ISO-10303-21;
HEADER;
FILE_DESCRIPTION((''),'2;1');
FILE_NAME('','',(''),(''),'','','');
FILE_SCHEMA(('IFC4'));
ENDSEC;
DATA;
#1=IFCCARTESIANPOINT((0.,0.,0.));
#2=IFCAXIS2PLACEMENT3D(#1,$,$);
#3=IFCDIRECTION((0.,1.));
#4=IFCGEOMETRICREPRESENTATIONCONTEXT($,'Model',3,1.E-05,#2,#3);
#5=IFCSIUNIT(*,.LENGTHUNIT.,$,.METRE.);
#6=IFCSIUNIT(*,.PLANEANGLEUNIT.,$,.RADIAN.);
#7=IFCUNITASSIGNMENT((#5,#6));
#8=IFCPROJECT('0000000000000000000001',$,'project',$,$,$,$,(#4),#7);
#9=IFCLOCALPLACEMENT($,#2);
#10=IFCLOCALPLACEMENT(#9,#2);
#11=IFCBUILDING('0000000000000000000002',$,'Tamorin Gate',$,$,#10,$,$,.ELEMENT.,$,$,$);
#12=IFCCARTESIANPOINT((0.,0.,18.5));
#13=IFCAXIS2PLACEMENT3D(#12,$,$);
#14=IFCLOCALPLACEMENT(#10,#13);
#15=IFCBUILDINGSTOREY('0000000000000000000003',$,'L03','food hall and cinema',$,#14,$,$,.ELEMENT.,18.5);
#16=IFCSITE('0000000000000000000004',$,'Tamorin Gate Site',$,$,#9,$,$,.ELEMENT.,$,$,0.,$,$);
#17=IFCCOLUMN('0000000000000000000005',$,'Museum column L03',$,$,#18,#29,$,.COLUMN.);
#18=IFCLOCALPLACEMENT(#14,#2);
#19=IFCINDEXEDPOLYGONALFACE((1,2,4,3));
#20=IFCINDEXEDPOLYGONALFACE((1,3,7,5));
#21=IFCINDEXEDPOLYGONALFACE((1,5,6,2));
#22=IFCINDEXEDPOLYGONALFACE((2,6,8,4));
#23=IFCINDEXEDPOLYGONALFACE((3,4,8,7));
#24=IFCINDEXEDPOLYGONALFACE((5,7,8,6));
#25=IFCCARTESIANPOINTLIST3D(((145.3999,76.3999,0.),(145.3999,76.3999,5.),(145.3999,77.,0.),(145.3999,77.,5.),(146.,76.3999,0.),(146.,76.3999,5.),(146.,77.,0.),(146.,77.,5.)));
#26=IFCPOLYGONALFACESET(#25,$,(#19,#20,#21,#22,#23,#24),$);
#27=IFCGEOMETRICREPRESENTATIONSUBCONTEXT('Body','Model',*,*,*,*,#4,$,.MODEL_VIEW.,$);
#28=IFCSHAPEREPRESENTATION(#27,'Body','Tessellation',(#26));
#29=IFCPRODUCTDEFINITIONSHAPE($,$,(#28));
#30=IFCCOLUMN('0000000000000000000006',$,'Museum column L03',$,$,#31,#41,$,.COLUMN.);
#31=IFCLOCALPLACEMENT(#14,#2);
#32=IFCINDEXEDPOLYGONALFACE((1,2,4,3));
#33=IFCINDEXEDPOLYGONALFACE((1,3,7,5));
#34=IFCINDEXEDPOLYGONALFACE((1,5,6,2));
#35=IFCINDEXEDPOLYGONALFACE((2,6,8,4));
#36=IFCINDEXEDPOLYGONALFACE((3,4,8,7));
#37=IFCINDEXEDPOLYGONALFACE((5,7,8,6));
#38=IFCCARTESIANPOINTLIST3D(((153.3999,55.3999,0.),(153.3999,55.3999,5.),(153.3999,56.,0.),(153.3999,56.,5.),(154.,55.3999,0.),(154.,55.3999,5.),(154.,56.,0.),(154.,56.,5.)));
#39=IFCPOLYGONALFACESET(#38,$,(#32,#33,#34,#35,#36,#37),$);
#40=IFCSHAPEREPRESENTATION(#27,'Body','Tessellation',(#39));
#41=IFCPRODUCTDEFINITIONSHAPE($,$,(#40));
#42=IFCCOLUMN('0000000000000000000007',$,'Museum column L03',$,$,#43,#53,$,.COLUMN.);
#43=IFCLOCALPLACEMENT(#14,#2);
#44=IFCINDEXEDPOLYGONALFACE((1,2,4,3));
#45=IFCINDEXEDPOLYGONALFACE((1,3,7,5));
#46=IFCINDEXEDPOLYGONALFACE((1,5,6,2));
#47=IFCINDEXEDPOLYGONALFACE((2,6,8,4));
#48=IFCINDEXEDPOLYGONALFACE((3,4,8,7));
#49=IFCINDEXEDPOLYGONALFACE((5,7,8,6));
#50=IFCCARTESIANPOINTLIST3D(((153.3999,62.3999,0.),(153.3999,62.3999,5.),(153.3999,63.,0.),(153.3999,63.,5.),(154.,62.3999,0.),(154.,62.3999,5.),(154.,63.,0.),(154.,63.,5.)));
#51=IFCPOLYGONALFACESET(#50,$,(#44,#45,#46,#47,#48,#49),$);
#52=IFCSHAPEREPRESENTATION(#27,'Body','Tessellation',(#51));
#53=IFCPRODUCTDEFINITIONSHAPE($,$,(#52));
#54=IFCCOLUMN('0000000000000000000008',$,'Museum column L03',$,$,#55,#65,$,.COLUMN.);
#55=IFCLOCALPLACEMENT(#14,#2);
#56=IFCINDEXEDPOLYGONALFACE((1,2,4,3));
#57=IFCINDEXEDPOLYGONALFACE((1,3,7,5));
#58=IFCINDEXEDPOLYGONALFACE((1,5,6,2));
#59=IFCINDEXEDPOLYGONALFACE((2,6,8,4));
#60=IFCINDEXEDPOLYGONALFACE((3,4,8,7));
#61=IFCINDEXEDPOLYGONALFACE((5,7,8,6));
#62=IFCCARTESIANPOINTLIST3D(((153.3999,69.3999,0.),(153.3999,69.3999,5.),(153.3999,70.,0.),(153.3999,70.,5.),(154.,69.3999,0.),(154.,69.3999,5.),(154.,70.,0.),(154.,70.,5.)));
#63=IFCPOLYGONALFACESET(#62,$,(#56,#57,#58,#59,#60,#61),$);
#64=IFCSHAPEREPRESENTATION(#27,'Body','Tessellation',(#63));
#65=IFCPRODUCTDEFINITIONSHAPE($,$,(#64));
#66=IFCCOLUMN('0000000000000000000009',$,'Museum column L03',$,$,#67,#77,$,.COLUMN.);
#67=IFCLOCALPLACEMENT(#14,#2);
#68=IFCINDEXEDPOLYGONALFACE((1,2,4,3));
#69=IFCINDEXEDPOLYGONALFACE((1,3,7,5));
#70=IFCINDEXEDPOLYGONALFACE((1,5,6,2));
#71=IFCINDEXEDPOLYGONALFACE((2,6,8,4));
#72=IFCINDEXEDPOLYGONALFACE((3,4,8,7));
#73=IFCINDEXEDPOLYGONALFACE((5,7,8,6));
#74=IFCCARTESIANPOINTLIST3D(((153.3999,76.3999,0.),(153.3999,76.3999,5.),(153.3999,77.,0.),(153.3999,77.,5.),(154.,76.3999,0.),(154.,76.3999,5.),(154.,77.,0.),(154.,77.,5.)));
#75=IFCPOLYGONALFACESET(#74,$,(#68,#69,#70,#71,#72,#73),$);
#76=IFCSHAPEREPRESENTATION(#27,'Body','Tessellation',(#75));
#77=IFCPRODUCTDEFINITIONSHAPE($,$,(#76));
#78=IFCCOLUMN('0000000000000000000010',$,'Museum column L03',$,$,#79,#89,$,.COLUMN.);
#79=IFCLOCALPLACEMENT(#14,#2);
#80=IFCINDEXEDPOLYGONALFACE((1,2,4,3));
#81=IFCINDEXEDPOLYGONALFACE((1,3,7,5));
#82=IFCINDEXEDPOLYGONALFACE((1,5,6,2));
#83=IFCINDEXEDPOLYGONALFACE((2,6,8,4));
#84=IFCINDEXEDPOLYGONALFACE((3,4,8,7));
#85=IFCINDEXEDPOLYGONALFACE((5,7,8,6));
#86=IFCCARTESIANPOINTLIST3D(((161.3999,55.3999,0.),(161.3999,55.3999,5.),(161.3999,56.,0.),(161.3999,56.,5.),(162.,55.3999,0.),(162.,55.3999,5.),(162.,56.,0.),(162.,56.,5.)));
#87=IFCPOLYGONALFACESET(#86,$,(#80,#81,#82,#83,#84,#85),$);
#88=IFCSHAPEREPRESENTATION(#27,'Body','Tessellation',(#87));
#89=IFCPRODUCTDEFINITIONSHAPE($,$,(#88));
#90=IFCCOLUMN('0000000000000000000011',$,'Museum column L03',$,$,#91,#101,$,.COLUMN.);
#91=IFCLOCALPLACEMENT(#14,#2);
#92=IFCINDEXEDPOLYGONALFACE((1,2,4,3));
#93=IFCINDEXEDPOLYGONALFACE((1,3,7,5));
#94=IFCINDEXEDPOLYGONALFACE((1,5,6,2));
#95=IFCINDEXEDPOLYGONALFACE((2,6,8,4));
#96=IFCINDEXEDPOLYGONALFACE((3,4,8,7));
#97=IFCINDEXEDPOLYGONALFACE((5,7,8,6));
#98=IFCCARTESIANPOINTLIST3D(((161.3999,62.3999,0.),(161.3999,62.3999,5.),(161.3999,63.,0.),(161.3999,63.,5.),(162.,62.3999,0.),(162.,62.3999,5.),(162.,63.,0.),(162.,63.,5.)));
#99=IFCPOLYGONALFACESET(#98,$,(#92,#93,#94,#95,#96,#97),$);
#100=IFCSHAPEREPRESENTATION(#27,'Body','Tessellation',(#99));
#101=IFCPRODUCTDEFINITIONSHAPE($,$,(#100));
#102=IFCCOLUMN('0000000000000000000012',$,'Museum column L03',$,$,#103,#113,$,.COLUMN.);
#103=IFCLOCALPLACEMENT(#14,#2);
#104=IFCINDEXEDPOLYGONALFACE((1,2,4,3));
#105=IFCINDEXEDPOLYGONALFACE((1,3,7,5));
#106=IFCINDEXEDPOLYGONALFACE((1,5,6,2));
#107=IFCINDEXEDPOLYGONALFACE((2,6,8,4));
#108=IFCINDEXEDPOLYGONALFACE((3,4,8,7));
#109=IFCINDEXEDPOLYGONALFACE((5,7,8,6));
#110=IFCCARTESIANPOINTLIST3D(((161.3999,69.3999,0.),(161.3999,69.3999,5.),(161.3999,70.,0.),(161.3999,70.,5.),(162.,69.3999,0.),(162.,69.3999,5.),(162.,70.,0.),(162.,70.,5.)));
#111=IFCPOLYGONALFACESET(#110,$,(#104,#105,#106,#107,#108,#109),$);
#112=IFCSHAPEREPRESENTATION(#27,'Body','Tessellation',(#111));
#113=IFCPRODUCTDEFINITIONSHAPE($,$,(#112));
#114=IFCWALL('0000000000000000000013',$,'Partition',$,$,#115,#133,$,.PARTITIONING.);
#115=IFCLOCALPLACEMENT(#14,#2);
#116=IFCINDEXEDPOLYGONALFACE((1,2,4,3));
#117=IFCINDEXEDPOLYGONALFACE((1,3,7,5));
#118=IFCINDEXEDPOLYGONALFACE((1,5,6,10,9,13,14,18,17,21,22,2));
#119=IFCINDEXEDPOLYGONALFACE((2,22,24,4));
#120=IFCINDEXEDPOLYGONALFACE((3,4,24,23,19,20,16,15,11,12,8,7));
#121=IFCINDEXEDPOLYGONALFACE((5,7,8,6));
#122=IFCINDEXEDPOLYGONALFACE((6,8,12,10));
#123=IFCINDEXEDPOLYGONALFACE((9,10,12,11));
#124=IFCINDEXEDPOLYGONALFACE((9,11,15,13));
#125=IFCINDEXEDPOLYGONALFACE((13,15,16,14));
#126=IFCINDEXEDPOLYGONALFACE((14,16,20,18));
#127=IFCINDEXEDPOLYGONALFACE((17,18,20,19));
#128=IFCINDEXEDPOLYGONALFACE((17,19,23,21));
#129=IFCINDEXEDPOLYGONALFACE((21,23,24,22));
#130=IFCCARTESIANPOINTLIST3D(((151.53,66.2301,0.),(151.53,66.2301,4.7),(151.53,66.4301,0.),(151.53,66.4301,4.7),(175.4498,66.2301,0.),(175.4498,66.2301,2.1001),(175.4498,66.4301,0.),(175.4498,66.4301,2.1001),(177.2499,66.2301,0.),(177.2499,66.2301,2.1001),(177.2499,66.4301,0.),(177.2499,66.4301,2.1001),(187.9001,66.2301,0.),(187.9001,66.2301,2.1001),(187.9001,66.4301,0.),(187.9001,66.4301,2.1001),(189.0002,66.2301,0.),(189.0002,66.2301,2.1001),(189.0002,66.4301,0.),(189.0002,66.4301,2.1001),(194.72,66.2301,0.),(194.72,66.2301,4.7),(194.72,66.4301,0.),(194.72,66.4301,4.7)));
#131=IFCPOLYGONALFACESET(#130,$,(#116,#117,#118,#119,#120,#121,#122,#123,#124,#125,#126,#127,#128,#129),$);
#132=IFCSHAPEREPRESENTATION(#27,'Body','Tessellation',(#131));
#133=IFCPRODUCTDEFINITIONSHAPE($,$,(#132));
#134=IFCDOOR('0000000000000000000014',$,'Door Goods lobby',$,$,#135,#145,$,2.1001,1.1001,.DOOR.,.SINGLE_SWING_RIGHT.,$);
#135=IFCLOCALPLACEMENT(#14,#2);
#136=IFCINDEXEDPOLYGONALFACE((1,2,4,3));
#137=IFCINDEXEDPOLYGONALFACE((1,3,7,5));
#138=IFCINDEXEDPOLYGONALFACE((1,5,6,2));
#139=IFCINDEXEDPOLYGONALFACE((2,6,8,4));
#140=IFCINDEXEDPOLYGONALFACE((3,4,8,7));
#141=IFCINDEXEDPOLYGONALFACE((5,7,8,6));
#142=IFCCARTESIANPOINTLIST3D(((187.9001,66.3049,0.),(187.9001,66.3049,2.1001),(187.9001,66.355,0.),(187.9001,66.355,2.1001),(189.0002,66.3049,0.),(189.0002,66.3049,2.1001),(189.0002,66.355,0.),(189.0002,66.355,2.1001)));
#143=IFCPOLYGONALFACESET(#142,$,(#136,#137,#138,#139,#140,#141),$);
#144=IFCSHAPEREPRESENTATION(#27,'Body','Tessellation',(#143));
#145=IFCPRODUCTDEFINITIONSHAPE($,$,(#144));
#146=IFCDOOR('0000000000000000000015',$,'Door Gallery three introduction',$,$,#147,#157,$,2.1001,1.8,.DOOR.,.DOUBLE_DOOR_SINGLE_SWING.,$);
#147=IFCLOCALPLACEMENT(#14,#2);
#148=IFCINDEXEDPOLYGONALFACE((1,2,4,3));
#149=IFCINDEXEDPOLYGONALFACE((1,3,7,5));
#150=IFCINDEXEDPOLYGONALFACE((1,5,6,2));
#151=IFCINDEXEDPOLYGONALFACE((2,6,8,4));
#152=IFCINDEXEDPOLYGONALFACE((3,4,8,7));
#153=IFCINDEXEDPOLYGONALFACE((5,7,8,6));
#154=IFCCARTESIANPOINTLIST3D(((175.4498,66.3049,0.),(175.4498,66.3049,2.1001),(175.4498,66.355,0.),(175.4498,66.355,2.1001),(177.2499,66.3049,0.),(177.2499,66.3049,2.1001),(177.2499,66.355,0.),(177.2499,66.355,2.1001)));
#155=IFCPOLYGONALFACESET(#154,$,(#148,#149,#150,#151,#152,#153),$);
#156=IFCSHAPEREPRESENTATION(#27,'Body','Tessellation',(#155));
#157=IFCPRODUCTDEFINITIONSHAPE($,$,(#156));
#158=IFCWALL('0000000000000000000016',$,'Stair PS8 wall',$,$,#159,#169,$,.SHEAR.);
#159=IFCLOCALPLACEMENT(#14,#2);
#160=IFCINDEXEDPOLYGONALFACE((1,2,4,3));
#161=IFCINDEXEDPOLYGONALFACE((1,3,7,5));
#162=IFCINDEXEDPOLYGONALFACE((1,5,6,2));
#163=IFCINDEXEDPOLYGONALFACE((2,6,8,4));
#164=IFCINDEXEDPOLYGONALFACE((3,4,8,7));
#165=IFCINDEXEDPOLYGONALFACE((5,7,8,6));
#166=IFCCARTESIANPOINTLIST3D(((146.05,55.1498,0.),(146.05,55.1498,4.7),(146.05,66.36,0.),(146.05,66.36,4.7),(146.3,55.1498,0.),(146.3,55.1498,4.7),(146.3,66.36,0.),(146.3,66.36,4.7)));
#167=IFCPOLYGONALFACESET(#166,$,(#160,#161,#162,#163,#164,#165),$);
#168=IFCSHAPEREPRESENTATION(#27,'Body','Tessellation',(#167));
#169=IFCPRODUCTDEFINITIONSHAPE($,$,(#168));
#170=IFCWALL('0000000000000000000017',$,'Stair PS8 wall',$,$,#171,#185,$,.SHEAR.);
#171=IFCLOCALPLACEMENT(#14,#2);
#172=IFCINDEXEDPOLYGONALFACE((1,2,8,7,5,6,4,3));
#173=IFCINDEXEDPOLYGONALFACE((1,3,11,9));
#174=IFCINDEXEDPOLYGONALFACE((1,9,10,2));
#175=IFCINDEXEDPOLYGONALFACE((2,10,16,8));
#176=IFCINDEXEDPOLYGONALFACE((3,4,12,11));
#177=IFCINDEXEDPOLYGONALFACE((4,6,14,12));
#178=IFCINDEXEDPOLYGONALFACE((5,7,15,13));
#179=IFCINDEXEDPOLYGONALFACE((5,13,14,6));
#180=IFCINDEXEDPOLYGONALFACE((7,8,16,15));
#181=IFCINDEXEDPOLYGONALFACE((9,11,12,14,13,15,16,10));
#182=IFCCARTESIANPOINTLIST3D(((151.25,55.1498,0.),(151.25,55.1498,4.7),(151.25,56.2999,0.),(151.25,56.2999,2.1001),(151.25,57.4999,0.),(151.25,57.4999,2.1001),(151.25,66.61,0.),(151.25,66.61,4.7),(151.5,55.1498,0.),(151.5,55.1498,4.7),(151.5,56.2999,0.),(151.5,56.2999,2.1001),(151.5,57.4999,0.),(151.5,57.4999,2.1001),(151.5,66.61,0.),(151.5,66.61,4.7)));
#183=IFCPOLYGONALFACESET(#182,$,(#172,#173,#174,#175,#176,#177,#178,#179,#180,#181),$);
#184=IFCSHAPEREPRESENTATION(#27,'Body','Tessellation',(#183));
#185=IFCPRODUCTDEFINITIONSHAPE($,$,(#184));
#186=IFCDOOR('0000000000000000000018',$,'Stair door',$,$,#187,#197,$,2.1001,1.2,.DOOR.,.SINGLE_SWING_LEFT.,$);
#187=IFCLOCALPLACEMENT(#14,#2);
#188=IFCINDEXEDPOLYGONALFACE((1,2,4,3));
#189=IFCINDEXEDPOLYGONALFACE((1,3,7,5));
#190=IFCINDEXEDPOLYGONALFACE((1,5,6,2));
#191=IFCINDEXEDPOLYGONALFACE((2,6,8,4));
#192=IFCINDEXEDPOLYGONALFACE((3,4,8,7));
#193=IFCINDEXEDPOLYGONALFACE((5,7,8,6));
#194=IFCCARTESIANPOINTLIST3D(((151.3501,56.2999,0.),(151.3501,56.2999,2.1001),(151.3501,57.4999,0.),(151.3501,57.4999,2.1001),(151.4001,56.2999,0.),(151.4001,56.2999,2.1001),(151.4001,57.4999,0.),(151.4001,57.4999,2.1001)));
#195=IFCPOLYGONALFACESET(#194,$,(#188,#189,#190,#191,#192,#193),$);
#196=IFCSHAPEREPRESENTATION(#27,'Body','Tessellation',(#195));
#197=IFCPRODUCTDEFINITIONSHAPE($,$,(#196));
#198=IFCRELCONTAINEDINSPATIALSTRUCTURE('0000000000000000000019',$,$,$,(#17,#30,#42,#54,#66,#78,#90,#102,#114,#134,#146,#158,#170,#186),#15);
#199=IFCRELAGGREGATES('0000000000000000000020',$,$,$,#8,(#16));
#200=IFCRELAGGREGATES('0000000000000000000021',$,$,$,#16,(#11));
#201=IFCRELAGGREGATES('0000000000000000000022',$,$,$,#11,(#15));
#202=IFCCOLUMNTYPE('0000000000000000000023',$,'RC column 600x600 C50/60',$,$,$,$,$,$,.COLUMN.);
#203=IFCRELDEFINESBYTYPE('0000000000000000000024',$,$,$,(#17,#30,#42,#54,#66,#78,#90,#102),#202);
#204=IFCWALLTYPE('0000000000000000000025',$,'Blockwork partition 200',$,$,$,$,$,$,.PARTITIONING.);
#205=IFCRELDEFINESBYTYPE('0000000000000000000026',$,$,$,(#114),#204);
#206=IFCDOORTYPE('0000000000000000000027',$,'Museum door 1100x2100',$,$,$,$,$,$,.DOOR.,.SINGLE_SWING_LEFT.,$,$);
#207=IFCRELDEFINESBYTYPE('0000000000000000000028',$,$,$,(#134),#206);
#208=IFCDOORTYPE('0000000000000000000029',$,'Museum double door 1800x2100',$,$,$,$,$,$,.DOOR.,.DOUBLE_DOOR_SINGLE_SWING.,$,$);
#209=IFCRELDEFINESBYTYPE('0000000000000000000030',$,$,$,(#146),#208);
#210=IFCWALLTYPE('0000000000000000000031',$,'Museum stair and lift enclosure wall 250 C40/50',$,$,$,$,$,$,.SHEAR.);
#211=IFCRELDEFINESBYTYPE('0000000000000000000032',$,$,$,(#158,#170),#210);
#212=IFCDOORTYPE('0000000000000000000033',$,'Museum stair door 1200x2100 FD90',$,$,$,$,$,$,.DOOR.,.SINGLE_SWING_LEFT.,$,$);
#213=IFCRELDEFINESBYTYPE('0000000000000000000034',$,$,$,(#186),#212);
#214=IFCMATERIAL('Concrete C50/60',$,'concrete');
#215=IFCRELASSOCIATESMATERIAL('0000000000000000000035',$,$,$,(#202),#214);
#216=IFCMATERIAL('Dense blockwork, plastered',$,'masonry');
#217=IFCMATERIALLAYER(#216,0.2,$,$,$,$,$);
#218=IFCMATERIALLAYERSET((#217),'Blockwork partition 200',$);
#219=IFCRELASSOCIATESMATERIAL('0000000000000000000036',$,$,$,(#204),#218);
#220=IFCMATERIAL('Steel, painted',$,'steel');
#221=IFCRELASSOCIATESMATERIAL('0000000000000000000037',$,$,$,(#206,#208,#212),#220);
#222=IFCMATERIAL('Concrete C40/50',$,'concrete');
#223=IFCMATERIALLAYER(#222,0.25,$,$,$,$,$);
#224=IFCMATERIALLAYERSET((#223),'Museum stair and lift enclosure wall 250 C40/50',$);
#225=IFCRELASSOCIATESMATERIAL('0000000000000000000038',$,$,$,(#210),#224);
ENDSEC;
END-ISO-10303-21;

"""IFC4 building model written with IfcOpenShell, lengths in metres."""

from ifc_helpers import new_model, si_unit, direction, frame, frame_2d, origin, origin_2d, place, context, subcontext, project, spatial, rectangle, extrude, material, layer, layer_set, material_profile, profile_set, type_object, element, fill, save


model = new_model("IFC4")

# Units and contexts
model_context = context("Model", 3, precision=1e-05, world=origin(), true_north=direction((0.0, 1.0)))
body_context = subcontext(model_context, "Body", "Model", "MODEL_VIEW")
ifc_project = project(units=[si_unit("LENGTHUNIT", "METRE"), si_unit("PLANEANGLEUNIT", "RADIAN")], contexts=[model_context])

# Site, building, storey
site_placement = place(None, origin())
site = spatial("IfcSite", under=ifc_project, at=site_placement, Name="Tamorin Gate Site", CompositionType="ELEMENT", RefElevation=0.0)
building_placement = place(site_placement, origin())
building = spatial("IfcBuilding", under=site, at=building_placement, Name="Tamorin Gate", CompositionType="ELEMENT")
storey_placement = place(building_placement, frame((0.0, 0.0, 18.5)))
storey = spatial("IfcBuildingStorey", under=building, at=storey_placement, Name="L03", Description="food hall and cinema", CompositionType="ELEMENT", Elevation=18.5)

# Columns
ifc_material_1 = material(Name="Concrete C50/60", Category="concrete")
ifc_material_profile = material_profile(ifc_material_1, rectangle(XDim=0.6001, YDim=0.6001, at=origin_2d()))
ifc_profile_set = profile_set([ifc_material_profile], Name="Concrete C50/60")
column_type = type_object("IfcColumnType", Name="RC column 600x600 C50/60", PredefinedType="COLUMN", material=ifc_profile_set)
for number, where, z_axis, x_axis, name in (
    (1, (145.7, 76.7, 0.0), (0.0, 0.0, 1.0), (1.0, 0.0, 0.0), "Museum column L03"),
    (2, (153.7, 55.7, 0.0), (0.0, 0.0, 1.0), (1.0, 0.0, 0.0), "Museum column L03"),
    (3, (153.7, 62.7, 0.0), (0.0, 0.0, 1.0), (1.0, 0.0, 0.0), "Museum column L03"),
    (4, (153.7, 69.7, 0.0), (0.0, 0.0, 1.0), (1.0, 0.0, 0.0), "Museum column L03"),
    (5, (153.7, 76.7, 0.0), (0.0, 0.0, 1.0), (1.0, 0.0, 0.0), "Museum column L03"),
    (6, (161.7, 55.7, 0.0), (0.0, 0.0, 1.0), (1.0, 0.0, 0.0), "Museum column L03"),
    (7, (161.7, 62.7, 0.0), (0.0, 0.0, 1.0), (1.0, 0.0, 0.0), "Museum column L03"),
    (8, (161.7, 69.7, 0.0), (0.0, 0.0, 1.0), (1.0, 0.0, 0.0), "Museum column L03"),
):
    element("IfcColumn", number, at=place(storey_placement, frame(where, z_axis=z_axis, x_axis=x_axis)), inside=storey, type_object=column_type, Name=name, PredefinedType="COLUMN", context=body_context, shape_type="SweptSolid", body=[
        extrude(rectangle(XDim=0.6001, YDim=0.6001, at=origin_2d()), origin(), (0.0, 0.0, 1.0), 5.0),
    ])

# Wall, openings, doors
ifc_material_2 = material(Name="Dense blockwork, plastered", Category="masonry")
ifc_layer_1 = layer(ifc_material_2, 0.2)
ifc_layer_set_1 = layer_set([ifc_layer_1], Name="Blockwork partition 200")
wall_type_1 = type_object("IfcWallType", Name="Blockwork partition 200", PredefinedType="PARTITIONING", material=ifc_layer_set_1)
wall_1_placement = place(storey_placement, frame((151.53, 66.3301, 0.0), z_axis=(0.0, 0.0, 1.0), x_axis=(1.0, 0.0, 0.0)))
wall_1 = element("IfcWall", 9, at=wall_1_placement, inside=storey, type_object=wall_type_1, Name="Partition", PredefinedType="PARTITIONING", context=body_context, shape_type="SweptSolid", body=[
    extrude(rectangle(XDim=43.1899, YDim=0.2, at=frame_2d((21.595, 0.0))), origin(), (0.0, 0.0, 1.0), 4.7),
])
opening_1_placement = place(wall_1_placement, frame((23.9199, 0.0, 0.0)))
opening_1 = element("IfcOpeningElement", 10, at=opening_1_placement, cuts=wall_1, PredefinedType="OPENING", context=body_context, shape_type="SweptSolid", body=[
    extrude(rectangle(XDim=1.8, YDim=2.1001, at=frame_2d((0.8999, 1.05))), frame((0.0, 0.1099, 0.0), z_axis=(0.0, -1.0, 0.0), x_axis=(1.0, 0.0, 0.0)), (0.0, 0.0, 1.0), 0.22),
])
opening_2_placement = place(wall_1_placement, frame((36.3701, 0.0, 0.0)))
opening_2 = element("IfcOpeningElement", 11, at=opening_2_placement, cuts=wall_1, PredefinedType="OPENING", context=body_context, shape_type="SweptSolid", body=[
    extrude(rectangle(XDim=1.1001, YDim=2.1001, at=frame_2d((0.55, 1.05))), frame((0.0, 0.1099, 0.0), z_axis=(0.0, -1.0, 0.0), x_axis=(1.0, 0.0, 0.0)), (0.0, 0.0, 1.0), 0.22),
])
ifc_material_3 = material(Name="Steel, painted", Category="steel")
door_type_1 = type_object("IfcDoorType", Name="Museum door 1100x2100", OperationType="SINGLE_SWING_LEFT", PredefinedType="DOOR", material=ifc_material_3)
door_1_placement = place(opening_2_placement, origin())
door_1 = element("IfcDoor", 12, at=door_1_placement, inside=storey, type_object=door_type_1, Name="Door Goods lobby", OperationType="SINGLE_SWING_RIGHT", OverallHeight=2.1001, OverallWidth=1.1001, PredefinedType="DOOR", context=body_context, shape_type="SweptSolid", body=[
    extrude(rectangle(XDim=1.1001, YDim=2.1001, at=frame_2d((0.55, 1.05))), frame((0.0, 0.0249, 0.0), z_axis=(0.0, -1.0, 0.0), x_axis=(1.0, 0.0, 0.0)), (0.0, 0.0, 1.0), 0.05),
])
fill(opening_2, door_1)
door_type_2 = type_object("IfcDoorType", Name="Museum double door 1800x2100", OperationType="DOUBLE_DOOR_SINGLE_SWING", PredefinedType="DOOR", material=ifc_material_3)
door_2_placement = place(opening_1_placement, origin())
door_2 = element("IfcDoor", 13, at=door_2_placement, inside=storey, type_object=door_type_2, Name="Door Gallery three introduction", OperationType="DOUBLE_DOOR_SINGLE_SWING", OverallHeight=2.1001, OverallWidth=1.8, PredefinedType="DOOR", context=body_context, shape_type="SweptSolid", body=[
    extrude(rectangle(XDim=1.8, YDim=2.1001, at=frame_2d((0.8999, 1.05))), frame((0.0, 0.0249, 0.0), z_axis=(0.0, -1.0, 0.0), x_axis=(1.0, 0.0, 0.0)), (0.0, 0.0, 1.0), 0.05),
])
fill(opening_1, door_2)

# Wall
ifc_material_4 = material(Name="Concrete C40/50", Category="concrete")
ifc_layer_2 = layer(ifc_material_4, 0.25)
ifc_layer_set_2 = layer_set([ifc_layer_2], Name="Museum stair and lift enclosure wall 250 C40/50")
wall_type_2 = type_object("IfcWallType", Name="Museum stair and lift enclosure wall 250 C40/50", PredefinedType="SHEAR", material=ifc_layer_set_2)
wall_2_placement = place(storey_placement, frame((146.175, 55.1499, 0.0), z_axis=(0.0, 0.0, 1.0), x_axis=(0.0, 1.0, 0.0)))
element("IfcWall", 14, at=wall_2_placement, inside=storey, type_object=wall_type_2, Name="Stair PS8 wall", PredefinedType="SHEAR", context=body_context, shape_type="SweptSolid", body=[
    extrude(rectangle(XDim=11.2102, YDim=0.25, at=frame_2d((5.605, 0.0))), origin(), (0.0, 0.0, 1.0), 4.7),
])

# Wall, opening, door
wall_3_placement = place(storey_placement, frame((151.375, 55.1499, 0.0), z_axis=(0.0, 0.0, 1.0), x_axis=(0.0, 1.0, 0.0)))
wall_3 = element("IfcWall", 15, at=wall_3_placement, inside=storey, type_object=wall_type_2, Name="Stair PS8 wall", PredefinedType="SHEAR", context=body_context, shape_type="SweptSolid", body=[
    extrude(rectangle(XDim=11.4602, YDim=0.25, at=frame_2d((5.73, 0.0))), origin(), (0.0, 0.0, 1.0), 4.7),
])
opening_3_placement = place(wall_3_placement, frame((1.1499, 0.0, 0.0)))
opening_3 = element("IfcOpeningElement", 16, at=opening_3_placement, cuts=wall_3, PredefinedType="OPENING", context=body_context, shape_type="SweptSolid", body=[
    extrude(rectangle(XDim=1.2, YDim=2.1001, at=frame_2d((0.6001, 1.05))), frame((0.0, 0.135, 0.0), z_axis=(0.0, -1.0, 0.0), x_axis=(1.0, 0.0, 0.0)), (0.0, 0.0, 1.0), 0.27),
])
door_type_3 = type_object("IfcDoorType", Name="Museum stair door 1200x2100 FD90", OperationType="SINGLE_SWING_LEFT", PredefinedType="DOOR", material=ifc_material_3)
door_3_placement = place(opening_3_placement, origin())
door_3 = element("IfcDoor", 17, at=door_3_placement, inside=storey, type_object=door_type_3, Name="Stair door", OperationType="SINGLE_SWING_LEFT", OverallHeight=2.1001, OverallWidth=1.2, PredefinedType="DOOR", context=body_context, shape_type="SweptSolid", body=[
    extrude(rectangle(XDim=1.2, YDim=2.1001, at=frame_2d((0.6001, 1.05))), frame((0.0, 0.0249, 0.0), z_axis=(0.0, -1.0, 0.0), x_axis=(1.0, 0.0, 0.0)), (0.0, 0.0, 1.0), 0.05),
])
fill(opening_3, door_3)

save(model, "model.ifc")
